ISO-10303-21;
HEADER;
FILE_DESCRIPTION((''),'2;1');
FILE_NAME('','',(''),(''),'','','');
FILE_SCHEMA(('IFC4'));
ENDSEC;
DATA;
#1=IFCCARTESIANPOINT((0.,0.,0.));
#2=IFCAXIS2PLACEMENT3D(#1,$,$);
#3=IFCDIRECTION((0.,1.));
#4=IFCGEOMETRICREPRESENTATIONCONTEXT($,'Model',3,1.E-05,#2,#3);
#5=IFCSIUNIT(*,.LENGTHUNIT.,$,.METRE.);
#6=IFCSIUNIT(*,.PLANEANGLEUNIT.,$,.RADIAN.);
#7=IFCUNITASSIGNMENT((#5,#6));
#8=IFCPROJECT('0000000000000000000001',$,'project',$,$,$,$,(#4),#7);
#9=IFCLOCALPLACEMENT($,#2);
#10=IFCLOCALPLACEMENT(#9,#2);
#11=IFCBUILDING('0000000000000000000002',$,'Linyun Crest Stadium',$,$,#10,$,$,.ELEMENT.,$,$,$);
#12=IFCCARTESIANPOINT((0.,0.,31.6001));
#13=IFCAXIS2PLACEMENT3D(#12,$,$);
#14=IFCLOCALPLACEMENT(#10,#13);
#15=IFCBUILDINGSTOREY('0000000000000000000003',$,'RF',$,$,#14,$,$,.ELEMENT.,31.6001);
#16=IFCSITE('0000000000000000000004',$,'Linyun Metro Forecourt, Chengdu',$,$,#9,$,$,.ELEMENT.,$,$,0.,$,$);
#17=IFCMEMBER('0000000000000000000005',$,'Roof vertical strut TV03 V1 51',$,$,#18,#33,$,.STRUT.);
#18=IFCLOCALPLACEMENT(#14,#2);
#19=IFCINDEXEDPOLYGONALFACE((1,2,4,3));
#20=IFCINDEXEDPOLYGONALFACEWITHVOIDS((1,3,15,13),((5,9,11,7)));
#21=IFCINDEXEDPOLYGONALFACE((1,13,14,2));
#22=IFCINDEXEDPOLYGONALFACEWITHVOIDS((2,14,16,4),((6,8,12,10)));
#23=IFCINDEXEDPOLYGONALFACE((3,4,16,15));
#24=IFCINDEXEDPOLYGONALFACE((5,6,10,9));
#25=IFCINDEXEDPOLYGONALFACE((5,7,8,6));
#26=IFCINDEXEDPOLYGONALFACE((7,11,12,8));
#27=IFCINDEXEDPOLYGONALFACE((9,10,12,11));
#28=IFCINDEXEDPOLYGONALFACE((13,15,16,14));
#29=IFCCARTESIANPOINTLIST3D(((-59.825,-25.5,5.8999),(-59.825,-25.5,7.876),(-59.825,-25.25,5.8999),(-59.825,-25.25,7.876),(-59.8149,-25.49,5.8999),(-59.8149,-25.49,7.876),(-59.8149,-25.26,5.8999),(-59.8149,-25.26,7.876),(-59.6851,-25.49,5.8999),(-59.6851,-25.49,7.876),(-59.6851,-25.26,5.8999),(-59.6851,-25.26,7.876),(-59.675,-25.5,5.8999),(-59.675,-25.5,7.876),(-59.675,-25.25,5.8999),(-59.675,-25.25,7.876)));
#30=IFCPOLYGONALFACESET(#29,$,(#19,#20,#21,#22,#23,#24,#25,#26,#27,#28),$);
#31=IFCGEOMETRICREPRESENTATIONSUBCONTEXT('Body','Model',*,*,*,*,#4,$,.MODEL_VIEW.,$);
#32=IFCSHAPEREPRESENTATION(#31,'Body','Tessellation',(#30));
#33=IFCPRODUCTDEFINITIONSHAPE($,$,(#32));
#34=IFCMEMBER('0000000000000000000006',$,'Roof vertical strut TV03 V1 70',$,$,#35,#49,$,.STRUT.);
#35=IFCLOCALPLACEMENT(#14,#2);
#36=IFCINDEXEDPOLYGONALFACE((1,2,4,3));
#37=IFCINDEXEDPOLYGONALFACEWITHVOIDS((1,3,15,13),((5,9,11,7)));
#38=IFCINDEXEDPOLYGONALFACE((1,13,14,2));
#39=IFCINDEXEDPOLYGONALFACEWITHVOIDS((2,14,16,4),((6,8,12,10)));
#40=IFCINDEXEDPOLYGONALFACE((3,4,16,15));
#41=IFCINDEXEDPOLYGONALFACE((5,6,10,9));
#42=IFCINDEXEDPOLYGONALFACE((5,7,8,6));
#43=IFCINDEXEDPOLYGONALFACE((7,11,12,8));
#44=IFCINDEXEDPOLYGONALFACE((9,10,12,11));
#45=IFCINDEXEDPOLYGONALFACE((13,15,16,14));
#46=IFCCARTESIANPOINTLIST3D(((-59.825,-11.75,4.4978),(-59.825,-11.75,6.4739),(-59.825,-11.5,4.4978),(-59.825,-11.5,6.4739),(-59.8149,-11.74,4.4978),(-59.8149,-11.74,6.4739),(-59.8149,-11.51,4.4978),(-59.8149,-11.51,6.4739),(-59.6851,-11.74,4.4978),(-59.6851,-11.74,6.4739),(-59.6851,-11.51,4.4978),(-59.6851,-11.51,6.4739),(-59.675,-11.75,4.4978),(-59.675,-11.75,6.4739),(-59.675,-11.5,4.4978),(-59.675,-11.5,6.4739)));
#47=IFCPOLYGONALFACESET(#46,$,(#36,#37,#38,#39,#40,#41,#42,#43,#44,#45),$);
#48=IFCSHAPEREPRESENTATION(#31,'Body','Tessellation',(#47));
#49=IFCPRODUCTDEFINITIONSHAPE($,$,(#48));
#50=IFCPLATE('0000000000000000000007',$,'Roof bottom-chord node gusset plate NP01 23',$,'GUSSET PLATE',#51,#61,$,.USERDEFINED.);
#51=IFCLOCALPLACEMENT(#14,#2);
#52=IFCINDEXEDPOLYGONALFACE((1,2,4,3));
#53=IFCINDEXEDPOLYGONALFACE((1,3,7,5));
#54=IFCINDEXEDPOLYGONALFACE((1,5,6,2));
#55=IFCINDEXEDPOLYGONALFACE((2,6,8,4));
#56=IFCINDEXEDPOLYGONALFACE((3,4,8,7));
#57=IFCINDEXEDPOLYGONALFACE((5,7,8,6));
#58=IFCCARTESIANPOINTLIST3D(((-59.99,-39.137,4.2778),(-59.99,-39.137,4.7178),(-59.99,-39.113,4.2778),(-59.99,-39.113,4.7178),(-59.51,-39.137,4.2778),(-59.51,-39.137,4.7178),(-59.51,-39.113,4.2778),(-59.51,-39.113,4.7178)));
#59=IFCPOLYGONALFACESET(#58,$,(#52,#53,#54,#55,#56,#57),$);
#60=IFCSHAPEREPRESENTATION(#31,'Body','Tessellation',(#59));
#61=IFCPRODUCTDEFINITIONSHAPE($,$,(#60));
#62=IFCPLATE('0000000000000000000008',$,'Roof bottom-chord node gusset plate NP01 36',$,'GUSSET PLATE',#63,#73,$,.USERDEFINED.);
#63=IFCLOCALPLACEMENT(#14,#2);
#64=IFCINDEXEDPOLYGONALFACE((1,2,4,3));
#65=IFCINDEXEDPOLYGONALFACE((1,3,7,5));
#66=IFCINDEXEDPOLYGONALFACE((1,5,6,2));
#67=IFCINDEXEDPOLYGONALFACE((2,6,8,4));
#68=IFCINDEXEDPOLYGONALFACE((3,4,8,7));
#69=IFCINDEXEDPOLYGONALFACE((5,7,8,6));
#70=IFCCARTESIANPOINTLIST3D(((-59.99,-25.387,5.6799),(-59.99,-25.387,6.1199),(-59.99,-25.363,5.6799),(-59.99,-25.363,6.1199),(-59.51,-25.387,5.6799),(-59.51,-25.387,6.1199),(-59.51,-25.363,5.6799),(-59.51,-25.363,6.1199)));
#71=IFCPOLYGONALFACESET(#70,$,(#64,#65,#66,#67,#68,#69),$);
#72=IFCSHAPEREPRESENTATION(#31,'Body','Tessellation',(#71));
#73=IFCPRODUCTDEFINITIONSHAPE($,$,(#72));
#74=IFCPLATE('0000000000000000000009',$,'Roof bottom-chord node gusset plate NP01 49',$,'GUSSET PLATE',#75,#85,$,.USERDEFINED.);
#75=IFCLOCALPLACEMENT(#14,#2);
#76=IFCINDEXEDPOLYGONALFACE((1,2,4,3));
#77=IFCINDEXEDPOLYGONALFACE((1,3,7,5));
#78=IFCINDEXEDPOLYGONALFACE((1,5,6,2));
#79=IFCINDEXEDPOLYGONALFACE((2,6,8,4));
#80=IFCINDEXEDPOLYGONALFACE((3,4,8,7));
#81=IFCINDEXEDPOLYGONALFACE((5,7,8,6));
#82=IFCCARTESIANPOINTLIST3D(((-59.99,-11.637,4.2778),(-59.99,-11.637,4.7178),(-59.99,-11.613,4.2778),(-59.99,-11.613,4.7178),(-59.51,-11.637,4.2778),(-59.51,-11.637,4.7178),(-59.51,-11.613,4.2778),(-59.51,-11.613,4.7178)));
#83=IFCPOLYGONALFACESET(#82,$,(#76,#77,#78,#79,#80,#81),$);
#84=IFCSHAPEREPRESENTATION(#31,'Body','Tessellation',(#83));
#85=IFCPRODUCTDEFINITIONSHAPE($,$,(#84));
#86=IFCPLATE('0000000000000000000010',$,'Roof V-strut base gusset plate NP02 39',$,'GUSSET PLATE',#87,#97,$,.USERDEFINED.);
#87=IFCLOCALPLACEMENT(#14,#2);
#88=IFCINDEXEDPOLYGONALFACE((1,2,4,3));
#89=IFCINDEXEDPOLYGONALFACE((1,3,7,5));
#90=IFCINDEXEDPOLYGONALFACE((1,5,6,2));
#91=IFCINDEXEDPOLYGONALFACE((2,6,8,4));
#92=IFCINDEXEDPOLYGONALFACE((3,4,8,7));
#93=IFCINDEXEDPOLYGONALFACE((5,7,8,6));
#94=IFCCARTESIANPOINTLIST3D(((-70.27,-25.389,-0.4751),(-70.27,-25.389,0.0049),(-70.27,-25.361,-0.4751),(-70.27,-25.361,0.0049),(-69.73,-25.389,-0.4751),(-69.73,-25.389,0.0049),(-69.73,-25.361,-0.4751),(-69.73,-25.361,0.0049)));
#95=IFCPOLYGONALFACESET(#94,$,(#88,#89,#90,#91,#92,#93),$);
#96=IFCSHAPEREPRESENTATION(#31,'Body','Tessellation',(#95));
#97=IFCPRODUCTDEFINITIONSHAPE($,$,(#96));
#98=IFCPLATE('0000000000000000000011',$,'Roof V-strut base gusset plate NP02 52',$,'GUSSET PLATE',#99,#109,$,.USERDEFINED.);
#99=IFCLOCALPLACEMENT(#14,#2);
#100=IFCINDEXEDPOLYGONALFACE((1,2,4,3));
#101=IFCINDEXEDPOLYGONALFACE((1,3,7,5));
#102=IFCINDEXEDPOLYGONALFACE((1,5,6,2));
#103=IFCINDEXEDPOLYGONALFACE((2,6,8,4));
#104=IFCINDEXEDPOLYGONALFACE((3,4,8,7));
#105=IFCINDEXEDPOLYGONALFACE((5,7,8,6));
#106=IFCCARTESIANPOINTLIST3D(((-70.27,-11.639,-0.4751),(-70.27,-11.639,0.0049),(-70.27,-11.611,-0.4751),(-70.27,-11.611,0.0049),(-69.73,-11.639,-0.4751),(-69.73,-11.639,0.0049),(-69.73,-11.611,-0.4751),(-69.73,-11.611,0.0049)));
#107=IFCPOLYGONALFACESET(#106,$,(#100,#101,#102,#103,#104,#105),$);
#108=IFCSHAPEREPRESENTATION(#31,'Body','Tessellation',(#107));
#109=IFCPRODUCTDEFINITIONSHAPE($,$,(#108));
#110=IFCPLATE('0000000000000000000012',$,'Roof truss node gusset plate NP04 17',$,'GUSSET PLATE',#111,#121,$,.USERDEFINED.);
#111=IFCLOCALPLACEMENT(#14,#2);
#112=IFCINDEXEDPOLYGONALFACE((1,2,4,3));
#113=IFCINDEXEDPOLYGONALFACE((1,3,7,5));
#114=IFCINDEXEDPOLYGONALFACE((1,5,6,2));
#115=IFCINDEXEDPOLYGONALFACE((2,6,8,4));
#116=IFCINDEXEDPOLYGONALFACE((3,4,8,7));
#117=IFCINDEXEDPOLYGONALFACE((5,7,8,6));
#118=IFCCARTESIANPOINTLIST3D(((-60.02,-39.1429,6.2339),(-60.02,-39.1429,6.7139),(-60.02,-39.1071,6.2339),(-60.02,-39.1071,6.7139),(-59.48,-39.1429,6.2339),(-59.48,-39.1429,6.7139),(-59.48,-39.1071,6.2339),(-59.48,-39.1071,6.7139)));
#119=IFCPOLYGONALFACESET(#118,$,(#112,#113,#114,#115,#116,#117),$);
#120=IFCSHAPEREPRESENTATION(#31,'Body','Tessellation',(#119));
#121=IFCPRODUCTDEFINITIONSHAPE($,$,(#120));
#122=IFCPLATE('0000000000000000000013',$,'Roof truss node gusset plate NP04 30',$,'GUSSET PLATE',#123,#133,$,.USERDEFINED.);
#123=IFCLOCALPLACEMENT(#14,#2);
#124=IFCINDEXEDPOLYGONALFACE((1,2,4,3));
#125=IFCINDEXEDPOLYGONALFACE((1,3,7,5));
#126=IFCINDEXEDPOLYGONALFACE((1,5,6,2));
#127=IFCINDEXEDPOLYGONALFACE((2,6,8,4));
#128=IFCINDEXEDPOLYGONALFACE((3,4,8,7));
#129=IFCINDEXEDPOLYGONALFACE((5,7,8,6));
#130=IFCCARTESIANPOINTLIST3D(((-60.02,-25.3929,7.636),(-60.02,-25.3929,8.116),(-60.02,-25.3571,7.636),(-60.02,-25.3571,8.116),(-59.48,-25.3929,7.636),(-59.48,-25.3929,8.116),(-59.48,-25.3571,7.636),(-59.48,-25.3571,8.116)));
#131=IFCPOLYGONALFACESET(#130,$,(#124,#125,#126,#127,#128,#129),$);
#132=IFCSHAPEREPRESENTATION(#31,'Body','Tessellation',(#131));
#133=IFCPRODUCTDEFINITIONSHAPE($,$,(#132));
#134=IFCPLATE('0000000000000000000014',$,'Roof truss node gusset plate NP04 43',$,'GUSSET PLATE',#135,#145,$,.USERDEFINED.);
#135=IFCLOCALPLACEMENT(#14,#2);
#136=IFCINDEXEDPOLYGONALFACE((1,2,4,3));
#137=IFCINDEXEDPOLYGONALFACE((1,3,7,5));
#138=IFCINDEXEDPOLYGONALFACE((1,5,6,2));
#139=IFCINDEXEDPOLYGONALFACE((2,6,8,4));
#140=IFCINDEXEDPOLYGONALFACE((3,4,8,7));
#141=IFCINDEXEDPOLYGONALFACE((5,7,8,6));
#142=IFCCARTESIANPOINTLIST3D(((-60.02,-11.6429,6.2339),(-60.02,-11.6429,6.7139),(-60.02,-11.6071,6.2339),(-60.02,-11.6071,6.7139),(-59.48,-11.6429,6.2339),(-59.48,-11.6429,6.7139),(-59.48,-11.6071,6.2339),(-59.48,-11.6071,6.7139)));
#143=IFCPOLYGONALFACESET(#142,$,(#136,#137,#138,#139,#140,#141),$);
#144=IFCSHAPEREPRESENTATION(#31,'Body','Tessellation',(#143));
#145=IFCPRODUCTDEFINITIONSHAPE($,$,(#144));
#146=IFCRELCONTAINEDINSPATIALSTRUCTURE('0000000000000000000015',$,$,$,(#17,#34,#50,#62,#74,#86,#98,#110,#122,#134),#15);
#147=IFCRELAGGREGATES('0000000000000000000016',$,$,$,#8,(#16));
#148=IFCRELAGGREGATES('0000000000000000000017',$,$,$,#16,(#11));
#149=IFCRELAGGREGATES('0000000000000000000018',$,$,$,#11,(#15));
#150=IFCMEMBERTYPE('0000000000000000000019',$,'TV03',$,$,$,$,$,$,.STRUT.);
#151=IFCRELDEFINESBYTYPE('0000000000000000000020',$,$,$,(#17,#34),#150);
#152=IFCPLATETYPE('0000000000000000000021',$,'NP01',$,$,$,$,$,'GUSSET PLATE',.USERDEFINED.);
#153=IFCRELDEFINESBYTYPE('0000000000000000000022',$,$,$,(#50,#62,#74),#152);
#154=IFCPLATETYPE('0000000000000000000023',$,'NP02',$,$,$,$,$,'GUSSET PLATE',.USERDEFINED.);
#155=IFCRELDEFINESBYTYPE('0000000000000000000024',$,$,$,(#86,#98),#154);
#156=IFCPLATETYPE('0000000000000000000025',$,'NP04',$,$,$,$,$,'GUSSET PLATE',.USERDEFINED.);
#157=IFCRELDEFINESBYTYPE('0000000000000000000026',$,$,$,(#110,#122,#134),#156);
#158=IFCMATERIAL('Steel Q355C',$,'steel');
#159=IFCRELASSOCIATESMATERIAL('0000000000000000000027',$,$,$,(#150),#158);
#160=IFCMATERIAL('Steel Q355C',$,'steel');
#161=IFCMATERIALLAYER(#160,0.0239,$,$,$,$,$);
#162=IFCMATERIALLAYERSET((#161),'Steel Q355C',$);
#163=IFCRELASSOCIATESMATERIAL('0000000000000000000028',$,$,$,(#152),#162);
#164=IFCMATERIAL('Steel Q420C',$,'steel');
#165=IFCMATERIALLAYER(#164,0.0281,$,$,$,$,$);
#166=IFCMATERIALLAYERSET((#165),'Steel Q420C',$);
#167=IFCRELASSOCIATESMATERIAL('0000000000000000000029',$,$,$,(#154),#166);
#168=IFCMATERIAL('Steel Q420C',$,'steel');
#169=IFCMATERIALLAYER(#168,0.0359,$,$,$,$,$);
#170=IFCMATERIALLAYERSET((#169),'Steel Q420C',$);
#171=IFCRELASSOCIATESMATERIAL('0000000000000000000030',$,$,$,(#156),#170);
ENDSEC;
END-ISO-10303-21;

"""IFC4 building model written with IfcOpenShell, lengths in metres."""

from ifc_helpers import new_model, si_unit, direction, frame, origin, origin_2d, place, context, subcontext, project, spatial, rectangle, hollow_rectangle, extrude, material, layer, layer_set, material_profile, profile_set, type_object, element, save


model = new_model("IFC4")

# Units and contexts
model_context = context("Model", 3, precision=1e-05, world=origin(), true_north=direction((0.0, 1.0)))
body_context = subcontext(model_context, "Body", "Model", "MODEL_VIEW")
ifc_project = project(units=[si_unit("LENGTHUNIT", "METRE"), si_unit("PLANEANGLEUNIT", "RADIAN")], contexts=[model_context])

# Site, building, storey
site_placement = place(None, origin())
site = spatial("IfcSite", under=ifc_project, at=site_placement, Name="Linyun Metro Forecourt, Chengdu", CompositionType="ELEMENT", RefElevation=0.0)
building_placement = place(site_placement, origin())
building = spatial("IfcBuilding", under=site, at=building_placement, Name="Linyun Crest Stadium", CompositionType="ELEMENT")
storey_placement = place(building_placement, frame((0.0, 0.0, 31.6001)))
storey = spatial("IfcBuildingStorey", under=building, at=storey_placement, Name="RF", CompositionType="ELEMENT", Elevation=31.6001)

# Members
ifc_material_1 = material(Name="Steel Q355C", Category="steel")
ifc_material_profile_1 = material_profile(ifc_material_1, hollow_rectangle(XDim=0.1499, YDim=0.25, WallThickness=0.01, at=origin_2d()), Name="RHS 250x150x10")
ifc_profile_set_1 = profile_set([ifc_material_profile_1], Name="Steel Q355C")
member_type_1 = type_object("IfcMemberType", Name="TV03", PredefinedType="STRUT", material=ifc_profile_set_1)
for number, where, z_axis, x_axis, name in (
    (1, (-59.75, -25.375, 5.8999), (0.0, 0.0, 1.0), (1.0, 0.0, 0.0), "Roof vertical strut TV03 V1 51"),
    (2, (-59.75, -11.625, 4.4978), (0.0, 0.0, 1.0), (1.0, 0.0, 0.0), "Roof vertical strut TV03 V1 70"),
):
    element("IfcMember", number, at=place(storey_placement, frame(where, z_axis=z_axis, x_axis=x_axis)), inside=storey, type_object=member_type_1, Name=name, PredefinedType="STRUT", context=body_context, shape_type="SweptSolid", body=[
        extrude(hollow_rectangle(XDim=0.1499, YDim=0.25, WallThickness=0.01, at=origin_2d()), origin(), (0.0, 0.0, 1.0), 1.9761),
    ])

# Plates
ifc_material_2 = material(Name="Steel Q355C", Category="steel")
ifc_layer_1 = layer(ifc_material_2, 0.0239)
ifc_layer_set_1 = layer_set([ifc_layer_1], Name="Steel Q355C")
plate_type_1 = type_object("IfcPlateType", Name="NP01", ElementType="GUSSET PLATE", PredefinedType="USERDEFINED", material=ifc_layer_set_1)
for number, where, z_axis, x_axis, name in (
    (3, (-59.75, -39.125, 4.2778), (0.0, 0.0, 1.0), (1.0, 0.0, 0.0), "Roof bottom-chord node gusset plate NP01 23"),
    (4, (-59.75, -25.375, 5.6799), (0.0, 0.0, 1.0), (1.0, 0.0, 0.0), "Roof bottom-chord node gusset plate NP01 36"),
    (5, (-59.75, -11.625, 4.2778), (0.0, 0.0, 1.0), (1.0, 0.0, 0.0), "Roof bottom-chord node gusset plate NP01 49"),
):
    element("IfcPlate", number, at=place(storey_placement, frame(where, z_axis=z_axis, x_axis=x_axis)), inside=storey, type_object=plate_type_1, Name=name, ObjectType="GUSSET PLATE", PredefinedType="USERDEFINED", context=body_context, shape_type="SweptSolid", body=[
        extrude(rectangle(XDim=0.48, YDim=0.0239, at=origin_2d()), origin(), (0.0, 0.0, 1.0), 0.4399),
    ])
ifc_material_3 = material(Name="Steel Q420C", Category="steel")
ifc_layer_2 = layer(ifc_material_3, 0.0281)
ifc_layer_set_2 = layer_set([ifc_layer_2], Name="Steel Q420C")
plate_type_2 = type_object("IfcPlateType", Name="NP02", ElementType="GUSSET PLATE", PredefinedType="USERDEFINED", material=ifc_layer_set_2)
for number, where, z_axis, x_axis, name in (
    (6, (-70.0, -25.375, -0.4751), (0.0, 0.0, 1.0), (1.0, 0.0, 0.0), "Roof V-strut base gusset plate NP02 39"),
    (7, (-70.0, -11.625, -0.4751), (0.0, 0.0, 1.0), (1.0, 0.0, 0.0), "Roof V-strut base gusset plate NP02 52"),
):
    element("IfcPlate", number, at=place(storey_placement, frame(where, z_axis=z_axis, x_axis=x_axis)), inside=storey, type_object=plate_type_2, Name=name, ObjectType="GUSSET PLATE", PredefinedType="USERDEFINED", context=body_context, shape_type="SweptSolid", body=[
        extrude(rectangle(XDim=0.54, YDim=0.0281, at=origin_2d()), origin(), (0.0, 0.0, 1.0), 0.48),
    ])
ifc_material_4 = material(Name="Steel Q420C", Category="steel")
ifc_layer_3 = layer(ifc_material_4, 0.0359)
ifc_layer_set_3 = layer_set([ifc_layer_3], Name="Steel Q420C")
plate_type_3 = type_object("IfcPlateType", Name="NP04", ElementType="GUSSET PLATE", PredefinedType="USERDEFINED", material=ifc_layer_set_3)
for number, where, z_axis, x_axis, name in (
    (8, (-59.75, -39.125, 6.2339), (0.0, 0.0, 1.0), (1.0, 0.0, 0.0), "Roof truss node gusset plate NP04 17"),
    (9, (-59.75, -25.375, 7.636), (0.0, 0.0, 1.0), (1.0, 0.0, 0.0), "Roof truss node gusset plate NP04 30"),
    (10, (-59.75, -11.625, 6.2339), (0.0, 0.0, 1.0), (1.0, 0.0, 0.0), "Roof truss node gusset plate NP04 43"),
):
    element("IfcPlate", number, at=place(storey_placement, frame(where, z_axis=z_axis, x_axis=x_axis)), inside=storey, type_object=plate_type_3, Name=name, ObjectType="GUSSET PLATE", PredefinedType="USERDEFINED", context=body_context, shape_type="SweptSolid", body=[
        extrude(rectangle(XDim=0.54, YDim=0.0359, at=origin_2d()), origin(), (0.0, 0.0, 1.0), 0.48),
    ])

save(model, "model.ifc")
